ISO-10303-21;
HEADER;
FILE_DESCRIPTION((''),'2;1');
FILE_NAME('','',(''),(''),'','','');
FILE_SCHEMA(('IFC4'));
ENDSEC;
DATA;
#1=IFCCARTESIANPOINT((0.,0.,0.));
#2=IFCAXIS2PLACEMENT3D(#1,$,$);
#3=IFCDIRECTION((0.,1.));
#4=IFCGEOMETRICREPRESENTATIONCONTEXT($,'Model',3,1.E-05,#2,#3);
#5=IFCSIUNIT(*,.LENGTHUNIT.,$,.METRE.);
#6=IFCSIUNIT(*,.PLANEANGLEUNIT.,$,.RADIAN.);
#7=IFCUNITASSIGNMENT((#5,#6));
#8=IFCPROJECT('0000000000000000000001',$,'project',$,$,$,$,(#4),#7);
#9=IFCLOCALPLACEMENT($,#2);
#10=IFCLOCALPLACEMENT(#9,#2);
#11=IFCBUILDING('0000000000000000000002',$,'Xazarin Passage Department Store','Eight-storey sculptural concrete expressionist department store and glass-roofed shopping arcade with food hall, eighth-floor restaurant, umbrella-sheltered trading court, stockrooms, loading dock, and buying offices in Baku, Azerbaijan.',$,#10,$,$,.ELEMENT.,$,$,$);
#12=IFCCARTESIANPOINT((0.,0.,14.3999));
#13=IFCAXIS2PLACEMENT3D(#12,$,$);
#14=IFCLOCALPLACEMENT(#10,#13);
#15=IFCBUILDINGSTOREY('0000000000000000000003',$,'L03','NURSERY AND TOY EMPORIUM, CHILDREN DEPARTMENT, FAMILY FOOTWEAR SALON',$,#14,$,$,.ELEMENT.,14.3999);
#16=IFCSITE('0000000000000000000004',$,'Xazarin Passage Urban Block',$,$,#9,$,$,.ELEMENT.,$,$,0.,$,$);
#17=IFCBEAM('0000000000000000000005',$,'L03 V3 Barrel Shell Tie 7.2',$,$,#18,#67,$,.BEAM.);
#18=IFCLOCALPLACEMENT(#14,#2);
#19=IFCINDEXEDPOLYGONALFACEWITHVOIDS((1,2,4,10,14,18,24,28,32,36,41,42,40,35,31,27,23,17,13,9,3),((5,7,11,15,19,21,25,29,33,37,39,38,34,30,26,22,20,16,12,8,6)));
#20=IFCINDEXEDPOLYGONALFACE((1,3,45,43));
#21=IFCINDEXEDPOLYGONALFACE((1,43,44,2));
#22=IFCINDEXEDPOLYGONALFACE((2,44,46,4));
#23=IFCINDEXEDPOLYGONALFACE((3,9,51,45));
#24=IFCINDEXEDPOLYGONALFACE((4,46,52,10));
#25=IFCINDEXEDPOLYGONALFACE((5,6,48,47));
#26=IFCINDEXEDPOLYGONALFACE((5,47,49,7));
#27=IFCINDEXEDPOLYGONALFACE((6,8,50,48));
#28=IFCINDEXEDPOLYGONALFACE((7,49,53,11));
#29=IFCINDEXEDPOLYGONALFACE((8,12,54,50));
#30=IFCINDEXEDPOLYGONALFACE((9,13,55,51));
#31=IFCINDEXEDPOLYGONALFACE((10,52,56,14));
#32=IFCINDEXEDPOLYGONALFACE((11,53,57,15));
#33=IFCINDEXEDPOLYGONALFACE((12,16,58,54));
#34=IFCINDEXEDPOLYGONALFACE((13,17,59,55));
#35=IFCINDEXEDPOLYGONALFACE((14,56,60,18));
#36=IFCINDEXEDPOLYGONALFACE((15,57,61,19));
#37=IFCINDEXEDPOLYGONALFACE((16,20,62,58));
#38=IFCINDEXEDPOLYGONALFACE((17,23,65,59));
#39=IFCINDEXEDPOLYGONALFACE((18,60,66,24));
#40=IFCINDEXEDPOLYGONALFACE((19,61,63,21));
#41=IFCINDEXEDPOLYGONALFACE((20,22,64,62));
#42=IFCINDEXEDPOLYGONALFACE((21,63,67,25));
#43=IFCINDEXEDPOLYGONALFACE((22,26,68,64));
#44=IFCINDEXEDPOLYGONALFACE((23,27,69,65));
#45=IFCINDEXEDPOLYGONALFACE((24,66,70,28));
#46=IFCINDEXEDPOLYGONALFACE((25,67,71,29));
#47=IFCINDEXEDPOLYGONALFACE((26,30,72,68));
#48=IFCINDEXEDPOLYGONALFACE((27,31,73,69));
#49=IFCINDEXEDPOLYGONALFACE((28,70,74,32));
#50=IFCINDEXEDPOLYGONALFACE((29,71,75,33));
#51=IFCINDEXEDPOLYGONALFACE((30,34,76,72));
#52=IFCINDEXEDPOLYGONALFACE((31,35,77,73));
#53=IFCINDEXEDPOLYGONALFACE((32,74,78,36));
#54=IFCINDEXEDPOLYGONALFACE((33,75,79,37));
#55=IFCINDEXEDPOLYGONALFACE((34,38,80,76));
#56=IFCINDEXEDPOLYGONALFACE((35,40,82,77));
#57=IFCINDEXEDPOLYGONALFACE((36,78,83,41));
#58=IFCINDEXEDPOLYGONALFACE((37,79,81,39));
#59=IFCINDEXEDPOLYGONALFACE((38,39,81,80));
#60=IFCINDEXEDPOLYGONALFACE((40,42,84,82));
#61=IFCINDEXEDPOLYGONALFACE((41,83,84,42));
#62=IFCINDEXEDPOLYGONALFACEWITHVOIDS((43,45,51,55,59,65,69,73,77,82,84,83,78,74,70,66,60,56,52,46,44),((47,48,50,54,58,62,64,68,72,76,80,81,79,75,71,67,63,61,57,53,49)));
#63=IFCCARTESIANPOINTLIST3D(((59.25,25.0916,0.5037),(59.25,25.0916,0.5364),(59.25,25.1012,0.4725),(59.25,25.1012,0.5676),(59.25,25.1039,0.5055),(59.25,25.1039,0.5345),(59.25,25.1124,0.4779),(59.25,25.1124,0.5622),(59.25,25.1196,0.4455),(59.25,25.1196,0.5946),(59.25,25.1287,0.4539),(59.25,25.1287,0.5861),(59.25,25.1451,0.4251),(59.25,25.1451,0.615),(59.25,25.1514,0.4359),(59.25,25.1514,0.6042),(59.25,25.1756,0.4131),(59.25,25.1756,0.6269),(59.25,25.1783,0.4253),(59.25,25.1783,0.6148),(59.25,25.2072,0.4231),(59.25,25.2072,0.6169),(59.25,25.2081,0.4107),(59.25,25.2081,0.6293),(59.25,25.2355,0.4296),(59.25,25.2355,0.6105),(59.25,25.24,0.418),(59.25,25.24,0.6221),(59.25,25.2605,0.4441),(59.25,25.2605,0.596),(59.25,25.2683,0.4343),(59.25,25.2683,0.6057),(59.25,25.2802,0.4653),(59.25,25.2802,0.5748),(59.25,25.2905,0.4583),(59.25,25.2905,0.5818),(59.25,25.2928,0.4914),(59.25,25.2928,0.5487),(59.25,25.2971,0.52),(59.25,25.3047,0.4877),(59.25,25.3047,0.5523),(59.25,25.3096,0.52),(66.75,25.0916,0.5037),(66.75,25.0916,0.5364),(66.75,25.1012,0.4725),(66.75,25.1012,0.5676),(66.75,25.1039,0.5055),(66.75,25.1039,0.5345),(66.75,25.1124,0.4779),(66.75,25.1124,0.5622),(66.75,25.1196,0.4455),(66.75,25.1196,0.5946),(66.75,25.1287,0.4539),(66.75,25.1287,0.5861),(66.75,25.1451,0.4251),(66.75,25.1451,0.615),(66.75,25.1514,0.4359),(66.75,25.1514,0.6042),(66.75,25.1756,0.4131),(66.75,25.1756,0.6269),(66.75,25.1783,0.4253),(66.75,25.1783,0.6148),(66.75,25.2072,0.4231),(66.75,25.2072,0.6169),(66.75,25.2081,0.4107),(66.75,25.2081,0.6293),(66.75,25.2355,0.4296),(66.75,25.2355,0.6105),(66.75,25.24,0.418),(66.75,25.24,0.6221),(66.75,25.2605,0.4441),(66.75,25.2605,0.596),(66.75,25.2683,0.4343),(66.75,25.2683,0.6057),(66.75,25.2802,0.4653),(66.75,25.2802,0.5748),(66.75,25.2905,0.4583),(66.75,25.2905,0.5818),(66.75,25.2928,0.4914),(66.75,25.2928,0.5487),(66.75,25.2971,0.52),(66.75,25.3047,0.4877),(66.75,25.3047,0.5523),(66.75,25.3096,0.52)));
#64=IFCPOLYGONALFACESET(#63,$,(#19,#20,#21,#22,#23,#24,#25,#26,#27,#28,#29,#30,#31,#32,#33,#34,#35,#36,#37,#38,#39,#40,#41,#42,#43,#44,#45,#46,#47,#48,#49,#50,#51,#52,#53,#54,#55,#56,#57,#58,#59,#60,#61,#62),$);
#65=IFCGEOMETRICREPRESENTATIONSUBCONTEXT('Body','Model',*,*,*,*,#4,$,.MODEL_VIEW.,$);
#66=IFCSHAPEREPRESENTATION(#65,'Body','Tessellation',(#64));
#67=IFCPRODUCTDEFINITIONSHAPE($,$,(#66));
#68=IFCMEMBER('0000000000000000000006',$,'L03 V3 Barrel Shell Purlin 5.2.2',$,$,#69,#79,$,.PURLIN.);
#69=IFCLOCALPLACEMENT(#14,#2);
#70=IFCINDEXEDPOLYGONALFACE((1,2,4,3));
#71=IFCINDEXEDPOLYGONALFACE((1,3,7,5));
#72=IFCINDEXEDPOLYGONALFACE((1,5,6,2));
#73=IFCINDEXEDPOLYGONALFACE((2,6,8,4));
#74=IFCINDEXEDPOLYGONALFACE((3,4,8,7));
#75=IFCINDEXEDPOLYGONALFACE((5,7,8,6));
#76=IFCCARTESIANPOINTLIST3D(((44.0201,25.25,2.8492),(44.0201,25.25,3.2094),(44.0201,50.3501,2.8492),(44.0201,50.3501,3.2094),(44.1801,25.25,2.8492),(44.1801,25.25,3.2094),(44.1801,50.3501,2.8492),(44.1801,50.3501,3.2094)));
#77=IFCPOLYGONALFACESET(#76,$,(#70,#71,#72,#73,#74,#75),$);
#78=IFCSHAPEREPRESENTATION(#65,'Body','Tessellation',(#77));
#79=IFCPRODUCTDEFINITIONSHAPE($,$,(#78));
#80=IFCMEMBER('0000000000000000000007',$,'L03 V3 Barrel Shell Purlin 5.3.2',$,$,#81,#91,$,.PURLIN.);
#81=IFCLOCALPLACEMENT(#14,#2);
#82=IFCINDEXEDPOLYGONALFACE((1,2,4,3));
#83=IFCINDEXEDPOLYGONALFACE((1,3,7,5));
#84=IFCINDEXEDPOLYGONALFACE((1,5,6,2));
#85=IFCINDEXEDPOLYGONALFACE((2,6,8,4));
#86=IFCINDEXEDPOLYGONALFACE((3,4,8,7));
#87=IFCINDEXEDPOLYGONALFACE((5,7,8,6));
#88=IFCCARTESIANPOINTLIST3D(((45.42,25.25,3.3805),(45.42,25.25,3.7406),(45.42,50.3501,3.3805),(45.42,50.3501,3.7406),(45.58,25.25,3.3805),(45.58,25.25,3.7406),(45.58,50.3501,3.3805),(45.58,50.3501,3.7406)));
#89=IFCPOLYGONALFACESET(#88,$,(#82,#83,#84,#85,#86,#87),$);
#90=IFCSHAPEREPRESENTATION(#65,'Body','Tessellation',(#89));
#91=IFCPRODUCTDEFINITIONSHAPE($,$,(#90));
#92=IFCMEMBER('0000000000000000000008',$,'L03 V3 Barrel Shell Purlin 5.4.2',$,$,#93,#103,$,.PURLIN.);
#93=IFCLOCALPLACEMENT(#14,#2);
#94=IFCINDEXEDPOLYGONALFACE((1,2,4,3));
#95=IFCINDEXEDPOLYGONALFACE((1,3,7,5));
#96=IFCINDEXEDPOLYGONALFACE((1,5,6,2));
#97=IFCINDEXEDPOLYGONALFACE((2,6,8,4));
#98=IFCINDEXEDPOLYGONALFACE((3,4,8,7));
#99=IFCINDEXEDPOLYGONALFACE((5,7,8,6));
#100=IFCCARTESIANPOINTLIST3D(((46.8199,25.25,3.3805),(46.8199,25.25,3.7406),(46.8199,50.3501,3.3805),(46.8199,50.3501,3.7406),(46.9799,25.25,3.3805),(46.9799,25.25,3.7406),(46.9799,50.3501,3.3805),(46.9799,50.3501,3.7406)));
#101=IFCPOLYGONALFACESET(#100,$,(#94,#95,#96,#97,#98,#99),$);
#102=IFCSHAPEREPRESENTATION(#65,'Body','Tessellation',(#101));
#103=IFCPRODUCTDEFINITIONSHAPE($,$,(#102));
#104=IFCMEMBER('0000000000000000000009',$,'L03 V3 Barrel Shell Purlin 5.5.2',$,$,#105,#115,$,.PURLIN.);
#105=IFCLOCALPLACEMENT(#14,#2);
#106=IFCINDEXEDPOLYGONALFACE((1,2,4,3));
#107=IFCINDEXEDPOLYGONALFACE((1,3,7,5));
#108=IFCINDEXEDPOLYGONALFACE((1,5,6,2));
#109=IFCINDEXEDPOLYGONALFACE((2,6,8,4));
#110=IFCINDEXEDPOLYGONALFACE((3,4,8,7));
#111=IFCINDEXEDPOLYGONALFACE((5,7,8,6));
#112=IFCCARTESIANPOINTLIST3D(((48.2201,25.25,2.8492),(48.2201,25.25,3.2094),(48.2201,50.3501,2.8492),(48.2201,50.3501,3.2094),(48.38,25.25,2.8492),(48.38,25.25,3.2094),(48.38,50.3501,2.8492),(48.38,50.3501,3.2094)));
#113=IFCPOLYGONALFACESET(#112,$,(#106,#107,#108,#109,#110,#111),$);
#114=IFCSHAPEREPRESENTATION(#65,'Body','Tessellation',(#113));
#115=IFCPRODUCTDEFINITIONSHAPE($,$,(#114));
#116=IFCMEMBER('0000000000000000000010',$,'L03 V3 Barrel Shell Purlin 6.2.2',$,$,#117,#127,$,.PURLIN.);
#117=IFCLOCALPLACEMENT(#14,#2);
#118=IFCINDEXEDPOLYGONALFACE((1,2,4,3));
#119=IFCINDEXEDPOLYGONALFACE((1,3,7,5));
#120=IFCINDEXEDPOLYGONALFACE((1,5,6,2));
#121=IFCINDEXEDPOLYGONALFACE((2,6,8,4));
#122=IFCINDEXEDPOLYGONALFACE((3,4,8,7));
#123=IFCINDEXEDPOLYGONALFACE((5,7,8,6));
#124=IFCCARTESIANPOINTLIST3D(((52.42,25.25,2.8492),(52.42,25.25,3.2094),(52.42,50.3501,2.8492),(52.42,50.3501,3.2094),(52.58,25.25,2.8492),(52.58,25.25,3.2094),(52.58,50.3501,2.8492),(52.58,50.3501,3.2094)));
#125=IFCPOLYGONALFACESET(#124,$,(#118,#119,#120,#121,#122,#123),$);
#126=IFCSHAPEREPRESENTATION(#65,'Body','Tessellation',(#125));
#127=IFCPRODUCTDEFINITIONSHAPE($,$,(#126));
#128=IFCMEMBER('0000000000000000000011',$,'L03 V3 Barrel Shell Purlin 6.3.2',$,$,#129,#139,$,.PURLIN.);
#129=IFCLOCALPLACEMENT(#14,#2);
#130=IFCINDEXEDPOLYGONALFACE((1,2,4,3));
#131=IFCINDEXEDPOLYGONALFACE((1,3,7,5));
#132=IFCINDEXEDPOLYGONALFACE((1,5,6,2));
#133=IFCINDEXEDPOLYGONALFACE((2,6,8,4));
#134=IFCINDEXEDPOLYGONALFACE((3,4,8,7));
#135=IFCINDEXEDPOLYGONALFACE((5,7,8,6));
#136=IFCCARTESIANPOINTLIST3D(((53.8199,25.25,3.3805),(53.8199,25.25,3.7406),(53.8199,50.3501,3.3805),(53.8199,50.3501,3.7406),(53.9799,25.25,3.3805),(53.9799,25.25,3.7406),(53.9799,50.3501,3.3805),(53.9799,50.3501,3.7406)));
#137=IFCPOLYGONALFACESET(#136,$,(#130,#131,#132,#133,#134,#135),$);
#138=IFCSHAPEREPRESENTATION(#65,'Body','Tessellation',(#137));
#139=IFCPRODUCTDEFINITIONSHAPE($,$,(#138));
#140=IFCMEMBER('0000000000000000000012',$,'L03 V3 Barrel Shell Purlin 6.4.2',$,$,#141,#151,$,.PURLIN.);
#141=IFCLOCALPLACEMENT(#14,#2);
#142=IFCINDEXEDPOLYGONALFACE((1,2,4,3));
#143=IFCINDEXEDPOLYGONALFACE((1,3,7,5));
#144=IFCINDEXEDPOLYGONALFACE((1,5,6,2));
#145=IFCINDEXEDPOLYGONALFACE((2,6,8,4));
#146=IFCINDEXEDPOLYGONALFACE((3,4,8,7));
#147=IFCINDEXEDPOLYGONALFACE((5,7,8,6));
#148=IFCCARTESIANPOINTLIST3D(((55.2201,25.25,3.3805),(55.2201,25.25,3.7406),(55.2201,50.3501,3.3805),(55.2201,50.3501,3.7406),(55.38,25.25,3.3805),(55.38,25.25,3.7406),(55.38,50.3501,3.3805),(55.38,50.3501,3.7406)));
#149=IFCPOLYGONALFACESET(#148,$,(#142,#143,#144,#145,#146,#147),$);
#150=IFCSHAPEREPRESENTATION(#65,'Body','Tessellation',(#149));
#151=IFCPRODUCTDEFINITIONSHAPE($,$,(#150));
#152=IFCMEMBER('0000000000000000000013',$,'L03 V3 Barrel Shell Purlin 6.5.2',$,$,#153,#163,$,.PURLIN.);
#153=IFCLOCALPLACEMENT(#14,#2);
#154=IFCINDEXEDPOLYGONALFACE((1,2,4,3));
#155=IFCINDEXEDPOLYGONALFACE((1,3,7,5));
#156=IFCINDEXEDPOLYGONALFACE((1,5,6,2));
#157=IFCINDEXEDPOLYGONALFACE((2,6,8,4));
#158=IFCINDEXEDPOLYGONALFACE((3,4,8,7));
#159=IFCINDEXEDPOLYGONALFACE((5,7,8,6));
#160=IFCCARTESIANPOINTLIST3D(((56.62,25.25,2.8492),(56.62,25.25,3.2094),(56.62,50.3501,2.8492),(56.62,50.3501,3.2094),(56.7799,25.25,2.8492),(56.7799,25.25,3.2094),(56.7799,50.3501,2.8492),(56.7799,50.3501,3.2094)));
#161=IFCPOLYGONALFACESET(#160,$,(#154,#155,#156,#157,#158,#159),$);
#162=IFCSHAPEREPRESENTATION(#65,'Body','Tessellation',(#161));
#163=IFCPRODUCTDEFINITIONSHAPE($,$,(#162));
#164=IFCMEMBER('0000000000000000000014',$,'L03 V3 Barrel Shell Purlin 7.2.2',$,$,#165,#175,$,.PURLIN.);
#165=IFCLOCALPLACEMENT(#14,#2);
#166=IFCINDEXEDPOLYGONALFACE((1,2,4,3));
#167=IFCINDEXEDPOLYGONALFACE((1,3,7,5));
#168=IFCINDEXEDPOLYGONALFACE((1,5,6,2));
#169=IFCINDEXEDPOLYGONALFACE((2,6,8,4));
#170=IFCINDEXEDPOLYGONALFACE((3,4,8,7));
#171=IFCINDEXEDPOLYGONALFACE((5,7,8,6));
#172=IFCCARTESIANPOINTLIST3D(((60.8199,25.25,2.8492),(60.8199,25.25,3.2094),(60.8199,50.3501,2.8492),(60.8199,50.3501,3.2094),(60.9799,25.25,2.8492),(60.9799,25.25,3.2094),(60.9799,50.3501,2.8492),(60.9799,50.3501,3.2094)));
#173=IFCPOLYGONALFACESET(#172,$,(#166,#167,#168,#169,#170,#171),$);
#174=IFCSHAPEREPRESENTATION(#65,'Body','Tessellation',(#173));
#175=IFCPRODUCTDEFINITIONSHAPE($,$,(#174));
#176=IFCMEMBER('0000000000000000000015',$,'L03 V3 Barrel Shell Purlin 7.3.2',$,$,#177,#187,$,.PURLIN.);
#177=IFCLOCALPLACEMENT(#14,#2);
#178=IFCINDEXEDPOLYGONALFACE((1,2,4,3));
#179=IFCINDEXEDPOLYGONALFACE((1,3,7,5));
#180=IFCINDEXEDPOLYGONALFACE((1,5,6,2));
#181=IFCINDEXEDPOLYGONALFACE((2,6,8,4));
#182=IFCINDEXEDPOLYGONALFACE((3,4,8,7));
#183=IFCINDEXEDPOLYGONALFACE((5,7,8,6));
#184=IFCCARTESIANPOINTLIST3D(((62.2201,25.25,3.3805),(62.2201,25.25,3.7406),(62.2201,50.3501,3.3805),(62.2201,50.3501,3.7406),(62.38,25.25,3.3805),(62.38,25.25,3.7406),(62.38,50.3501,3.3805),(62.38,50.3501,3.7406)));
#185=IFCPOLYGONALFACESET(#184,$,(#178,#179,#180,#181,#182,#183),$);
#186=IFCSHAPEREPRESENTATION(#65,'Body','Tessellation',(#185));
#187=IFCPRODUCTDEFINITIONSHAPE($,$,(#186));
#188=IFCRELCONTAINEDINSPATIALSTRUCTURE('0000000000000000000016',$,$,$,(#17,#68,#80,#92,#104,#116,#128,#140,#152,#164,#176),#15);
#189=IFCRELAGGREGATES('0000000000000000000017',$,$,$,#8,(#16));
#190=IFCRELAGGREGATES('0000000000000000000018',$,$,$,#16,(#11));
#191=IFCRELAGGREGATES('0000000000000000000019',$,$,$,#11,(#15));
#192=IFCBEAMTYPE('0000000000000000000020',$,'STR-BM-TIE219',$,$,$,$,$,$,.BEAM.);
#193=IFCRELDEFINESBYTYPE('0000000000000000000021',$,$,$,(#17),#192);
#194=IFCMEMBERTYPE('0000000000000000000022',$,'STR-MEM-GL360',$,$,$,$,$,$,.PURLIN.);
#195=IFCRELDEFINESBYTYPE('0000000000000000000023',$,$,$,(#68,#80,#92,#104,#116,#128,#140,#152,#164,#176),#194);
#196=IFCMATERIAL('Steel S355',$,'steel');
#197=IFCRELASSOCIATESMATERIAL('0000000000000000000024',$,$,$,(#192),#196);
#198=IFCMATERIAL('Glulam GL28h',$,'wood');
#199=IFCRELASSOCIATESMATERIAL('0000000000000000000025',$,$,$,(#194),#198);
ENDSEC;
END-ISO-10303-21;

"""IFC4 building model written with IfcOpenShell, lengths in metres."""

from ifc_helpers import new_model, si_unit, direction, frame, origin, origin_2d, place, context, subcontext, project, spatial, rectangle, hollow_circle, extrude, material, material_profile, profile_set, type_object, element, save


model = new_model("IFC4")

# Units and contexts
model_context = context("Model", 3, precision=1e-05, world=origin(), true_north=direction((0.0, 1.0)))
body_context = subcontext(model_context, "Body", "Model", "MODEL_VIEW")
ifc_project = project(units=[si_unit("LENGTHUNIT", "METRE"), si_unit("PLANEANGLEUNIT", "RADIAN")], contexts=[model_context])

# Site, building, storey
site_placement = place(None, origin())
site = spatial("IfcSite", under=ifc_project, at=site_placement, Name="Xazarin Passage Urban Block", CompositionType="ELEMENT", RefElevation=0.0)
building_placement = place(site_placement, origin())
building = spatial("IfcBuilding", under=site, at=building_placement, Name="Xazarin Passage Department Store", Description="Eight-storey sculptural concrete expressionist department store and glass-roofed shopping arcade with food hall, eighth-floor restaurant, umbrella-sheltered trading court, stockrooms, loading dock, and buying offices in Baku, Azerbaijan.", CompositionType="ELEMENT")
storey_placement = place(building_placement, frame((0.0, 0.0, 14.3999)))
storey = spatial("IfcBuildingStorey", under=building, at=storey_placement, Name="L03", Description="NURSERY AND TOY EMPORIUM, CHILDREN DEPARTMENT, FAMILY FOOTWEAR SALON", CompositionType="ELEMENT", Elevation=14.3999)

# Beam
ifc_material_1 = material(Name="Steel S355", Category="steel")
ifc_material_profile_1 = material_profile(ifc_material_1, hollow_circle(Radius=0.1096, WallThickness=0.0125, at=origin_2d()), Name="CHS 219.1x12.5")
ifc_profile_set_1 = profile_set([ifc_material_profile_1], Name="Steel S355")
beam_type_1 = type_object("IfcBeamType", Name="STR-BM-TIE219", PredefinedType="BEAM", material=ifc_profile_set_1)
for number, where, z_axis, x_axis, name in (
    (1, (59.25, 25.2, 0.52), (1.0, 0.0, 0.0), (0.0, 1.0, 0.0), "L03 V3 Barrel Shell Tie 7.2"),
):
    element("IfcBeam", number, at=place(storey_placement, frame(where, z_axis=z_axis, x_axis=x_axis)), inside=storey, type_object=beam_type_1, Name=name, PredefinedType="BEAM", context=body_context, shape_type="SweptSolid", body=[
        extrude(hollow_circle(Radius=0.1096, WallThickness=0.0125, at=origin_2d()), origin(), (0.0, 0.0, 1.0), 7.5),
    ])

# Members
ifc_material_2 = material(Name="Glulam GL28h", Category="wood")
ifc_material_profile_2 = material_profile(ifc_material_2, rectangle(XDim=0.1599, YDim=0.3601, at=origin_2d()), Name="GL28h 160x360")
ifc_profile_set_2 = profile_set([ifc_material_profile_2], Name="Glulam GL28h")
member_type = type_object("IfcMemberType", Name="STR-MEM-GL360", PredefinedType="PURLIN", material=ifc_profile_set_2)
for number, where, z_axis, x_axis, name in (
    (2, (44.1001, 25.25, 3.0293), (0.0, 1.0, 0.0), (-1.0, 0.0, 0.0), "L03 V3 Barrel Shell Purlin 5.2.2"),
    (3, (45.5, 25.25, 3.5605), (0.0, 1.0, 0.0), (-1.0, 0.0, 0.0), "L03 V3 Barrel Shell Purlin 5.3.2"),
    (4, (46.8999, 25.25, 3.5605), (0.0, 1.0, 0.0), (-1.0, 0.0, 0.0), "L03 V3 Barrel Shell Purlin 5.4.2"),
    (5, (48.3, 25.25, 3.0293), (0.0, 1.0, 0.0), (-1.0, 0.0, 0.0), "L03 V3 Barrel Shell Purlin 5.5.2"),
    (6, (52.5, 25.25, 3.0293), (0.0, 1.0, 0.0), (-1.0, 0.0, 0.0), "L03 V3 Barrel Shell Purlin 6.2.2"),
    (7, (53.8999, 25.25, 3.5605), (0.0, 1.0, 0.0), (-1.0, 0.0, 0.0), "L03 V3 Barrel Shell Purlin 6.3.2"),
    (8, (55.3, 25.25, 3.5605), (0.0, 1.0, 0.0), (-1.0, 0.0, 0.0), "L03 V3 Barrel Shell Purlin 6.4.2"),
    (9, (56.7, 25.25, 3.0293), (0.0, 1.0, 0.0), (-1.0, 0.0, 0.0), "L03 V3 Barrel Shell Purlin 6.5.2"),
    (10, (60.8999, 25.25, 3.0293), (0.0, 1.0, 0.0), (-1.0, 0.0, 0.0), "L03 V3 Barrel Shell Purlin 7.2.2"),
    (11, (62.3, 25.25, 3.5605), (0.0, 1.0, 0.0), (-1.0, 0.0, 0.0), "L03 V3 Barrel Shell Purlin 7.3.2"),
):
    element("IfcMember", number, at=place(storey_placement, frame(where, z_axis=z_axis, x_axis=x_axis)), inside=storey, type_object=member_type, Name=name, PredefinedType="PURLIN", context=body_context, shape_type="SweptSolid", body=[
        extrude(rectangle(XDim=0.1599, YDim=0.3601, at=origin_2d()), origin(), (0.0, 0.0, 1.0), 25.1001),
    ])

save(model, "model.ifc")
